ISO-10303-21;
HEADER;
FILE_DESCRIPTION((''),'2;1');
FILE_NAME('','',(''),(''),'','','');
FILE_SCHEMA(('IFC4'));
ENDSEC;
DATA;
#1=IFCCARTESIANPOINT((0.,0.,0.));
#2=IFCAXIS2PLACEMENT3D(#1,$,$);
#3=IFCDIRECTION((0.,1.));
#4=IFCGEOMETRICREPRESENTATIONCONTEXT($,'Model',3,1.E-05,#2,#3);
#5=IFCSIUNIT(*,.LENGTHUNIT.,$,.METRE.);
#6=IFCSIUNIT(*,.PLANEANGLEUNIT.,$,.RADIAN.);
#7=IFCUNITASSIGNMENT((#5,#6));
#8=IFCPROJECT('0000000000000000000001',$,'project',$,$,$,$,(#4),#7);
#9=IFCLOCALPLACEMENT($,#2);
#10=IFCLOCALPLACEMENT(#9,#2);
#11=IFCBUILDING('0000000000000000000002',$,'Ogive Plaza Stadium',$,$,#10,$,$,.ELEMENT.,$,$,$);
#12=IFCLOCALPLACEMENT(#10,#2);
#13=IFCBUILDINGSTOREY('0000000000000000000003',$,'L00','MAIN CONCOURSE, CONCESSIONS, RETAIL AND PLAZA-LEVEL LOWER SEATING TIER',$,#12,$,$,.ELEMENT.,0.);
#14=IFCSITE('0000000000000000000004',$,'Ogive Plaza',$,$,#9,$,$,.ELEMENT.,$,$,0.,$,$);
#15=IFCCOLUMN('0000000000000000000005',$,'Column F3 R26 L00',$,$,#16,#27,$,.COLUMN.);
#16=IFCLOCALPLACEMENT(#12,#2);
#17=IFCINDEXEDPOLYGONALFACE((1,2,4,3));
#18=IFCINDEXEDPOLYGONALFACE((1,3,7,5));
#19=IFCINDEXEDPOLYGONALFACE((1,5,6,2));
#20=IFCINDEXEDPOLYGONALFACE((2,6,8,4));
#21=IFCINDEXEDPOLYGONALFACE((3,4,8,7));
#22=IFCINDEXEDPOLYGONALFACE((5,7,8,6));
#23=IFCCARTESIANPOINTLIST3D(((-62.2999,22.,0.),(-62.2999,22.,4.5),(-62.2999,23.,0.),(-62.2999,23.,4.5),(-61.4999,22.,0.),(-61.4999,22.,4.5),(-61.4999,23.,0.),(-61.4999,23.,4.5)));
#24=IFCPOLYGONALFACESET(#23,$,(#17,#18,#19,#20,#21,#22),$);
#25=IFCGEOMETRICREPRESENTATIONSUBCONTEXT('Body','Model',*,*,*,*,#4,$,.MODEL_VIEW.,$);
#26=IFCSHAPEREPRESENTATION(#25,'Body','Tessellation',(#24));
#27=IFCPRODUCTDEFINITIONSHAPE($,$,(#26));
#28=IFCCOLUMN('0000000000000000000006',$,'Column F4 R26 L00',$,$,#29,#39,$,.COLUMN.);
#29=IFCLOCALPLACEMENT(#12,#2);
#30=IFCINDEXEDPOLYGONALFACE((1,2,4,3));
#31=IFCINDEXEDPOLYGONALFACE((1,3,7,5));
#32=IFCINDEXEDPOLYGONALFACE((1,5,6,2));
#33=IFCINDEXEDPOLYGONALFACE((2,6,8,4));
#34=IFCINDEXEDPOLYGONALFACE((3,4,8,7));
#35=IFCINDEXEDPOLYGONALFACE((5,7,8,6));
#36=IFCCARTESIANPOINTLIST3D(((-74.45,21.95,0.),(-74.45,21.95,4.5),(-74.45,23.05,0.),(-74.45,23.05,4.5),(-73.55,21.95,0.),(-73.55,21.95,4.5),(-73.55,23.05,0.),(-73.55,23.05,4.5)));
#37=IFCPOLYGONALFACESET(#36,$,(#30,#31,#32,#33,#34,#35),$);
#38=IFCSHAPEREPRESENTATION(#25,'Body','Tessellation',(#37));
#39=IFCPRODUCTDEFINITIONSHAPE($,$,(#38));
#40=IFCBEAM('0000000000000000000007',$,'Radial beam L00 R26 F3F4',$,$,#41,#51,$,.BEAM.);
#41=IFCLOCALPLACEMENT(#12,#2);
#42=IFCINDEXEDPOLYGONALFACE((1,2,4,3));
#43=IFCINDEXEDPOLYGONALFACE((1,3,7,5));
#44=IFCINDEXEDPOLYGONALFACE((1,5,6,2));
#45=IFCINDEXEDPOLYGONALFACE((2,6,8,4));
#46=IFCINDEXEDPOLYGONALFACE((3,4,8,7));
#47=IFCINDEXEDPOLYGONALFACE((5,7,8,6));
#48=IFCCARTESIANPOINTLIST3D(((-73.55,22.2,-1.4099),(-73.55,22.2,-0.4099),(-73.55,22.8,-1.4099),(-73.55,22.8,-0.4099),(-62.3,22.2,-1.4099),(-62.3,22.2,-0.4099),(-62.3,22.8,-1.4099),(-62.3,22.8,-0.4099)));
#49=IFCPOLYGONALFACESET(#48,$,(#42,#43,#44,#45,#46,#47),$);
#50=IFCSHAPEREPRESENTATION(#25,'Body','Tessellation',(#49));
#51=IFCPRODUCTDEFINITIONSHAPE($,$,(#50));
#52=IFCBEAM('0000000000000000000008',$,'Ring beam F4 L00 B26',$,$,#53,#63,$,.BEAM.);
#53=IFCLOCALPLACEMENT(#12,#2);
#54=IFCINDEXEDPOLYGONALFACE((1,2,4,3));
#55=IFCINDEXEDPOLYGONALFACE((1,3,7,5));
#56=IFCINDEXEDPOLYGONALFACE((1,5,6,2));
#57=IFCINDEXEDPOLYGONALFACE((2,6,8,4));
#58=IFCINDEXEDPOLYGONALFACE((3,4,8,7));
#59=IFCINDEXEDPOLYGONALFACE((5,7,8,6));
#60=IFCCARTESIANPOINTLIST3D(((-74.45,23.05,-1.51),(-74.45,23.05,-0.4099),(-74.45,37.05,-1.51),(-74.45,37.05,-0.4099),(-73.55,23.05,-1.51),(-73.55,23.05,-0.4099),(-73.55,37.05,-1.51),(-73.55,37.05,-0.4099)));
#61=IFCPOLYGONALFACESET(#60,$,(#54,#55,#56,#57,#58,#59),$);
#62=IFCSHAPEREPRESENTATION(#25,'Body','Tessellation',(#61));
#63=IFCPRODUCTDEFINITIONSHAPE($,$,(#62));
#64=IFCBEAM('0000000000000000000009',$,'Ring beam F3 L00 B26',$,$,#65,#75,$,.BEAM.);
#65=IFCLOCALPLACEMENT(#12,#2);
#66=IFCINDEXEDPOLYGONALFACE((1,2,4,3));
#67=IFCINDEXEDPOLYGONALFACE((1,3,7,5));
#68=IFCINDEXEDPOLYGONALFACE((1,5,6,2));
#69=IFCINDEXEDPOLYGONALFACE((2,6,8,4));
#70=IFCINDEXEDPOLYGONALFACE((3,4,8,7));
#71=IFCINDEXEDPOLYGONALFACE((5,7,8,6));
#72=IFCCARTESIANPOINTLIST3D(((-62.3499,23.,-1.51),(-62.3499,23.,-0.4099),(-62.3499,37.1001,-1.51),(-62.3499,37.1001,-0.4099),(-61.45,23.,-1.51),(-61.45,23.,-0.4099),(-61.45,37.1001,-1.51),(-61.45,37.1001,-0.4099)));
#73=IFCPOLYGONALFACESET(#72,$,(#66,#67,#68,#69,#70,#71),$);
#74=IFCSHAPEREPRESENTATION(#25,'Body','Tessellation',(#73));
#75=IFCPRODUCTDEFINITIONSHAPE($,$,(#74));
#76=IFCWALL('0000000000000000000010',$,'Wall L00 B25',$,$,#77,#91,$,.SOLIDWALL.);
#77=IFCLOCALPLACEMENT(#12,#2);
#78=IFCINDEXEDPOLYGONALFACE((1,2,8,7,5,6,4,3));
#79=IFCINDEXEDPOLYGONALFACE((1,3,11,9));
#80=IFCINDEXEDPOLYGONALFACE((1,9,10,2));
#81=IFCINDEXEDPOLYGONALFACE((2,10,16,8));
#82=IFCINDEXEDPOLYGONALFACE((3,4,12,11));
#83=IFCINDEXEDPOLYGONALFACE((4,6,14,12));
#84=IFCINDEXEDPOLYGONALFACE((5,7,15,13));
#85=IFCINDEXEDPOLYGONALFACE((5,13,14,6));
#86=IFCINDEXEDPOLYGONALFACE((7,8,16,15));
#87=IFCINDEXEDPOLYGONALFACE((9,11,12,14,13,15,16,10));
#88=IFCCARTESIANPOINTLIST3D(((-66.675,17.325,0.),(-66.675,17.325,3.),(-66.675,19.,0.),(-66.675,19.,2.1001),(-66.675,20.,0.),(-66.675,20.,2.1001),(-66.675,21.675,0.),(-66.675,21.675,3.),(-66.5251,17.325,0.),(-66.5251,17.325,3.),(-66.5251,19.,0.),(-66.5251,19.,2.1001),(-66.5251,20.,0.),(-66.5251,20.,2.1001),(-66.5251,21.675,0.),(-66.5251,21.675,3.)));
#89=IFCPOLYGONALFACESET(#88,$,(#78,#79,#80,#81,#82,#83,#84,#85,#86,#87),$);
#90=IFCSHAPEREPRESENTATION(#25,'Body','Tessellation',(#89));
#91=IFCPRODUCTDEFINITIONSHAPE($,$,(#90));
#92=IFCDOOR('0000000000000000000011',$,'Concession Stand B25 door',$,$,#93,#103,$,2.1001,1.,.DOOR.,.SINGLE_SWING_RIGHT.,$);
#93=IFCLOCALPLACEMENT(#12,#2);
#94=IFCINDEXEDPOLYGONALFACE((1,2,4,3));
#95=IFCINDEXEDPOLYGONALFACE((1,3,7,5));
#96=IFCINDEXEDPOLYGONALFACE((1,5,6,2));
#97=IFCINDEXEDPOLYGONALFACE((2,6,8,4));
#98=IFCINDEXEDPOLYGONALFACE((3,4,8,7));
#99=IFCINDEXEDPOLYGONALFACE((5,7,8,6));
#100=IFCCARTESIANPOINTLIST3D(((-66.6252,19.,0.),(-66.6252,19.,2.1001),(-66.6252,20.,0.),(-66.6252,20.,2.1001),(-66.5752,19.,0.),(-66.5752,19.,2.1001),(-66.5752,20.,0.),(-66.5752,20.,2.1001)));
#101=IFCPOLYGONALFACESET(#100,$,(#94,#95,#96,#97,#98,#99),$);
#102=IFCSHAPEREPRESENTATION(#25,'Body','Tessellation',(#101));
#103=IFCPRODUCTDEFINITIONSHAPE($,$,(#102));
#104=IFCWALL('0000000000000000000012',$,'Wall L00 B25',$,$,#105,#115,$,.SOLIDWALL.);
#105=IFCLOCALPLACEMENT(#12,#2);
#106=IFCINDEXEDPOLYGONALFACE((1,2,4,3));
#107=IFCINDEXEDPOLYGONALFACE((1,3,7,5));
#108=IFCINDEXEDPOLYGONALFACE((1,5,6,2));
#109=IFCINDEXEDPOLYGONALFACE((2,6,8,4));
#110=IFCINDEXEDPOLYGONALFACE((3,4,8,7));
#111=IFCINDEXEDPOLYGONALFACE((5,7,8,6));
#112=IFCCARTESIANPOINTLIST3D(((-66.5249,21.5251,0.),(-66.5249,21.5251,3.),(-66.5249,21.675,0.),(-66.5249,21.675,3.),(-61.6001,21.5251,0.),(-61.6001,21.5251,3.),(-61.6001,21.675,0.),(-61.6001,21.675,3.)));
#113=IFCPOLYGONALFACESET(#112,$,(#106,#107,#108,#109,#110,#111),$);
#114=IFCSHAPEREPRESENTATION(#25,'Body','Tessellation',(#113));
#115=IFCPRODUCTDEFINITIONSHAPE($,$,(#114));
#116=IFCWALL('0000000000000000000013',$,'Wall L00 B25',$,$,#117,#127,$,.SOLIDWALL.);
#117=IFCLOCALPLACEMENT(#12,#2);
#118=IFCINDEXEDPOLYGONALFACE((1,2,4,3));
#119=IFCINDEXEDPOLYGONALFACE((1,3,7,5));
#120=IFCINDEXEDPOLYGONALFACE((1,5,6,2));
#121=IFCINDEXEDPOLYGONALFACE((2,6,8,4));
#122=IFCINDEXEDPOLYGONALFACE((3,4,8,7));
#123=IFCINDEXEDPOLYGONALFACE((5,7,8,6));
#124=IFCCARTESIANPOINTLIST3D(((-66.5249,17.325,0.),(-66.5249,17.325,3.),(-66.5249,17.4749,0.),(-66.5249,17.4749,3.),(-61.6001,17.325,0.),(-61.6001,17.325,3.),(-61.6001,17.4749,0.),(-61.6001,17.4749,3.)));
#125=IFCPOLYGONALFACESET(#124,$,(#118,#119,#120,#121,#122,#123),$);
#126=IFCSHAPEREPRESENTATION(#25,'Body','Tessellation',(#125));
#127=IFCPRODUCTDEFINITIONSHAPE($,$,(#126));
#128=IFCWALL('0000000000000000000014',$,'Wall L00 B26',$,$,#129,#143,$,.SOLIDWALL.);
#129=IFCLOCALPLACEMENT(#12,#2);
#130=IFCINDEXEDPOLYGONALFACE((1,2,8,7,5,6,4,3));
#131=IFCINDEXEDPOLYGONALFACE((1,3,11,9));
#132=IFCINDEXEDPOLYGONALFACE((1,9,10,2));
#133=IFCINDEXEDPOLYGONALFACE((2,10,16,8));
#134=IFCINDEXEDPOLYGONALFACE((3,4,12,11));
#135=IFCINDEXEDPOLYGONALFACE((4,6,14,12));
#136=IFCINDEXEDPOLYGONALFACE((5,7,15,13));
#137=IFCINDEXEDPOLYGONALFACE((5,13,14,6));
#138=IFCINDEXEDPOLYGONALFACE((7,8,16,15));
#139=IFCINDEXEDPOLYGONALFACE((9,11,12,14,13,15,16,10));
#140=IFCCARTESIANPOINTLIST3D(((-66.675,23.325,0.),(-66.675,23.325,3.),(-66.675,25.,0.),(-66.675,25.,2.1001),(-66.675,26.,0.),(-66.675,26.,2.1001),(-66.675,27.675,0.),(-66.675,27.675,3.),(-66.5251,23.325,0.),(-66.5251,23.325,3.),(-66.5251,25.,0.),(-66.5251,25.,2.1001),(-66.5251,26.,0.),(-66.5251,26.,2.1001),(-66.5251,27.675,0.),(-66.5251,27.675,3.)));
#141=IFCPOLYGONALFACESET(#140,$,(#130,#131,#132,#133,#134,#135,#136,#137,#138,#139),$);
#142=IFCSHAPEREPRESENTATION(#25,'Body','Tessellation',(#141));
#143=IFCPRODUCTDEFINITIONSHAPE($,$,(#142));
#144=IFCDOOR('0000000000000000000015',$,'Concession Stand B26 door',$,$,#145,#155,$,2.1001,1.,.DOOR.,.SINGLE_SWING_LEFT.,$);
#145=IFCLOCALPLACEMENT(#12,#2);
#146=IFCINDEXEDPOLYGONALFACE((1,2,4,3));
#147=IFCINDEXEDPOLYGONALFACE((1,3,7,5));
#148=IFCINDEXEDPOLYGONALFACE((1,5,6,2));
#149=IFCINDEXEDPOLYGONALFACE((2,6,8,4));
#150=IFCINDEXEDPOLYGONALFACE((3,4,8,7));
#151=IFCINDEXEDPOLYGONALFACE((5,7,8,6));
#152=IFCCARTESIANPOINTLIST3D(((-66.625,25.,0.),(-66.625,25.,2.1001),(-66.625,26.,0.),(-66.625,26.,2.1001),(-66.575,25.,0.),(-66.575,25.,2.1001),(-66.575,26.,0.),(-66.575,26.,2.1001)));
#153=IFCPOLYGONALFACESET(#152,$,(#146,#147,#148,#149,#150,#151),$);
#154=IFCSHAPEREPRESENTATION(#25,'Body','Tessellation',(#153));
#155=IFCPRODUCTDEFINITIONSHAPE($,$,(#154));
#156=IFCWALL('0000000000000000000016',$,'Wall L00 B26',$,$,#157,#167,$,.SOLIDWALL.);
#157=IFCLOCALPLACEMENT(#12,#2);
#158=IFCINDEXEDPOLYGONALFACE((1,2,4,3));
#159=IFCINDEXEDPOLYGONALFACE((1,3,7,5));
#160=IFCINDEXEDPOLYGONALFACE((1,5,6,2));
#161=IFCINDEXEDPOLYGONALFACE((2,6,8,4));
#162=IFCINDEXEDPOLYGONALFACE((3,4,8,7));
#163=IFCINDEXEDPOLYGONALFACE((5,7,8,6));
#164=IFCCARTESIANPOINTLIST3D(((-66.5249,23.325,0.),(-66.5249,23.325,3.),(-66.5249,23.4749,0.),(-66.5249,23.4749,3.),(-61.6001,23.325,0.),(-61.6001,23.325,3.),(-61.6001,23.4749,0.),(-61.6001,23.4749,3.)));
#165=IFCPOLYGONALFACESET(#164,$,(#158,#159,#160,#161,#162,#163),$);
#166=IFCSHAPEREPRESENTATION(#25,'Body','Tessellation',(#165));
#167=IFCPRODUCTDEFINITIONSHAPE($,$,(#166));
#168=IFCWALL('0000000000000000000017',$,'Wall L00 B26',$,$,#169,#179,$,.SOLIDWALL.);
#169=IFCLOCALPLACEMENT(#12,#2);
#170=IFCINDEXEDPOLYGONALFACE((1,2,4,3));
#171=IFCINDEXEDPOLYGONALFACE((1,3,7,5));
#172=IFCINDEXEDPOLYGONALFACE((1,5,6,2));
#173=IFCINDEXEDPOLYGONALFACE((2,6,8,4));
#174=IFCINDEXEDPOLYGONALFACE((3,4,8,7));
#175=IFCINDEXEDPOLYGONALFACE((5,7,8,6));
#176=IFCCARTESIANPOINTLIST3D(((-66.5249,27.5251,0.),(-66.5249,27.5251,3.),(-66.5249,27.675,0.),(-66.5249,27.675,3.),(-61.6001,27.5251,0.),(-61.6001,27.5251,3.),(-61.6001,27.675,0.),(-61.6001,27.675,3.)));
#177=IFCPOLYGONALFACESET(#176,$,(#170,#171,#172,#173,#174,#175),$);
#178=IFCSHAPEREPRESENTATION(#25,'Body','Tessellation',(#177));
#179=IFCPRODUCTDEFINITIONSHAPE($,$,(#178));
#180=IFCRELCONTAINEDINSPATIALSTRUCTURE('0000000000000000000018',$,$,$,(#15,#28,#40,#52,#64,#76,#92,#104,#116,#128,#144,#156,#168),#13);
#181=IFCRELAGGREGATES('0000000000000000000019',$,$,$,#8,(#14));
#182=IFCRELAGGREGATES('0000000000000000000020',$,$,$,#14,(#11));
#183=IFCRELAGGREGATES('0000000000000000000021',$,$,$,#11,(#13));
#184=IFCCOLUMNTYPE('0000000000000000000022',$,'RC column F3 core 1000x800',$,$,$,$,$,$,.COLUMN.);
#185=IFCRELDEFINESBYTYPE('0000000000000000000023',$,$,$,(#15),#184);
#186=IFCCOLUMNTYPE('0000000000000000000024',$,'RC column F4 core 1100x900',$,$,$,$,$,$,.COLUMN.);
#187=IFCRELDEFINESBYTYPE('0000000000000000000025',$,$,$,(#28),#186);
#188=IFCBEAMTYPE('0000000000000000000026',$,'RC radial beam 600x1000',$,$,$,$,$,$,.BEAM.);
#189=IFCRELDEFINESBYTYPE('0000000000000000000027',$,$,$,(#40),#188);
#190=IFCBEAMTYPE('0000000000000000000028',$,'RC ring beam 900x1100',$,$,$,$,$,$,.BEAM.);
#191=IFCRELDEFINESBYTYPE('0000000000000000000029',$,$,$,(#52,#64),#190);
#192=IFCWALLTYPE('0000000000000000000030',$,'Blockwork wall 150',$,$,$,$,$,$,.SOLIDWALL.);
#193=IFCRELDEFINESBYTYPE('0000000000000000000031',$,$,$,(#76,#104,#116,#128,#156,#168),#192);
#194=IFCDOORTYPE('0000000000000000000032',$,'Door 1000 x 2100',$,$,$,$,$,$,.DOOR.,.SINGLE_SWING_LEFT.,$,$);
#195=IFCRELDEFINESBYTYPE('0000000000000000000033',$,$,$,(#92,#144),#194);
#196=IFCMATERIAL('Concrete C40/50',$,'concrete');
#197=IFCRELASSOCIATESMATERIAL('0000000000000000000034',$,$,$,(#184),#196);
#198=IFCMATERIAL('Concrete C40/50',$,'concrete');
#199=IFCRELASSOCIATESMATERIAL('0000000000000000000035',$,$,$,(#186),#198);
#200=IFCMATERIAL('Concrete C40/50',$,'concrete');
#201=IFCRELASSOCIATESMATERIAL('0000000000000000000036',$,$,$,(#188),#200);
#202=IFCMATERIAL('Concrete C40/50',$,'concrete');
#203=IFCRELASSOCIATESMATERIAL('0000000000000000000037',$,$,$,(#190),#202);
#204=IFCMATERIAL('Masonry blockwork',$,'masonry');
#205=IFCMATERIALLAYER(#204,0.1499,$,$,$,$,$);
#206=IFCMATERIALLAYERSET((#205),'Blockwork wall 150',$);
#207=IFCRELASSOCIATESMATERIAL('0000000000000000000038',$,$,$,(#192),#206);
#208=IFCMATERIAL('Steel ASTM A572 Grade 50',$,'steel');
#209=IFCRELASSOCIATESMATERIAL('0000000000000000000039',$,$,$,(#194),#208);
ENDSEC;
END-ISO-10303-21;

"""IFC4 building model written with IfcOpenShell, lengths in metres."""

from ifc_helpers import new_model, si_unit, direction, frame, frame_2d, origin, origin_2d, place, context, subcontext, project, spatial, rectangle, extrude, material, layer, layer_set, material_profile, profile_set, type_object, element, fill, save


model = new_model("IFC4")

# Units and contexts
model_context = context("Model", 3, precision=1e-05, world=origin(), true_north=direction((0.0, 1.0)))
body_context = subcontext(model_context, "Body", "Model", "MODEL_VIEW")
ifc_project = project(units=[si_unit("LENGTHUNIT", "METRE"), si_unit("PLANEANGLEUNIT", "RADIAN")], contexts=[model_context])

# Site, building, storey
site_placement = place(None, origin())
site = spatial("IfcSite", under=ifc_project, at=site_placement, Name="Ogive Plaza", CompositionType="ELEMENT", RefElevation=0.0)
building_placement = place(site_placement, origin())
building = spatial("IfcBuilding", under=site, at=building_placement, Name="Ogive Plaza Stadium", CompositionType="ELEMENT")
storey_placement = place(building_placement, origin())
storey = spatial("IfcBuildingStorey", under=building, at=storey_placement, Name="L00", Description="MAIN CONCOURSE, CONCESSIONS, RETAIL AND PLAZA-LEVEL LOWER SEATING TIER", CompositionType="ELEMENT", Elevation=0.0)

# Columns
ifc_material_1 = material(Name="Concrete C40/50", Category="concrete")
ifc_material_profile_1 = material_profile(ifc_material_1, rectangle(XDim=1.0, YDim=0.8, at=origin_2d()), Name="RC 1000x800")
ifc_profile_set_1 = profile_set([ifc_material_profile_1], Name="Concrete C40/50")
column_type_1 = type_object("IfcColumnType", Name="RC column F3 core 1000x800", PredefinedType="COLUMN", material=ifc_profile_set_1)
column_1_placement = place(storey_placement, frame((-61.8999, 22.5, 0.0), z_axis=(0.0, 0.0, 1.0), x_axis=(0.0, -1.0, 0.0)))
element("IfcColumn", 1, at=column_1_placement, inside=storey, type_object=column_type_1, Name="Column F3 R26 L00", PredefinedType="COLUMN", context=body_context, shape_type="SweptSolid", body=[
    extrude(rectangle(XDim=1.0, YDim=0.8, at=origin_2d()), origin(), (0.0, 0.0, 1.0), 4.5),
])
ifc_material_2 = material(Name="Concrete C40/50", Category="concrete")
ifc_material_profile_2 = material_profile(ifc_material_2, rectangle(XDim=1.1001, YDim=0.8999, at=origin_2d()), Name="RC 1100x900")
ifc_profile_set_2 = profile_set([ifc_material_profile_2], Name="Concrete C40/50")
column_type_2 = type_object("IfcColumnType", Name="RC column F4 core 1100x900", PredefinedType="COLUMN", material=ifc_profile_set_2)
column_2_placement = place(storey_placement, frame((-74.0, 22.5, 0.0), z_axis=(0.0, 0.0, 1.0), x_axis=(0.0, -1.0, 0.0)))
element("IfcColumn", 2, at=column_2_placement, inside=storey, type_object=column_type_2, Name="Column F4 R26 L00", PredefinedType="COLUMN", context=body_context, shape_type="SweptSolid", body=[
    extrude(rectangle(XDim=1.1001, YDim=0.8999, at=origin_2d()), origin(), (0.0, 0.0, 1.0), 4.5),
])

# Beams
ifc_material_3 = material(Name="Concrete C40/50", Category="concrete")
ifc_material_profile_3 = material_profile(ifc_material_3, rectangle(XDim=0.6001, YDim=1.0, at=origin_2d()), Name="RC 600x1000")
ifc_profile_set_3 = profile_set([ifc_material_profile_3], Name="Concrete C40/50")
beam_type_1 = type_object("IfcBeamType", Name="RC radial beam 600x1000", PredefinedType="BEAM", material=ifc_profile_set_3)
beam_1_placement = place(storey_placement, frame((-62.3, 22.5, -0.9099), z_axis=(-1.0, 0.0, 0.0), x_axis=(0.0, -1.0, 0.0)))
element("IfcBeam", 3, at=beam_1_placement, inside=storey, type_object=beam_type_1, Name="Radial beam L00 R26 F3F4", PredefinedType="BEAM", context=body_context, shape_type="SweptSolid", body=[
    extrude(rectangle(XDim=0.6001, YDim=1.0, at=origin_2d()), origin(), (0.0, 0.0, 1.0), 11.25),
])
ifc_material_4 = material(Name="Concrete C40/50", Category="concrete")
ifc_material_profile_4 = material_profile(ifc_material_4, rectangle(XDim=0.8999, YDim=1.1001, at=origin_2d()), Name="RC 900x1100")
ifc_profile_set_4 = profile_set([ifc_material_profile_4], Name="Concrete C40/50")
beam_type_2 = type_object("IfcBeamType", Name="RC ring beam 900x1100", PredefinedType="BEAM", material=ifc_profile_set_4)
beam_2_placement = place(storey_placement, frame((-74.0, 23.05, -0.96), z_axis=(0.0, 1.0, 0.0), x_axis=(-1.0, 0.0, 0.0)))
element("IfcBeam", 4, at=beam_2_placement, inside=storey, type_object=beam_type_2, Name="Ring beam F4 L00 B26", PredefinedType="BEAM", context=body_context, shape_type="SweptSolid", body=[
    extrude(rectangle(XDim=0.8999, YDim=1.1001, at=origin_2d()), origin(), (0.0, 0.0, 1.0), 14.0),
])
beam_3_placement = place(storey_placement, frame((-61.8999, 23.0, -0.96), z_axis=(0.0, 1.0, 0.0), x_axis=(-1.0, 0.0, 0.0)))
element("IfcBeam", 5, at=beam_3_placement, inside=storey, type_object=beam_type_2, Name="Ring beam F3 L00 B26", PredefinedType="BEAM", context=body_context, shape_type="SweptSolid", body=[
    extrude(rectangle(XDim=0.8999, YDim=1.1001, at=origin_2d()), origin(), (0.0, 0.0, 1.0), 14.1001),
])

# Wall, opening, door
ifc_material_5 = material(Name="Masonry blockwork", Category="masonry")
ifc_layer_1 = layer(ifc_material_5, 0.1499)
ifc_layer_set_1 = layer_set([ifc_layer_1], Name="Blockwork wall 150")
wall_type_1 = type_object("IfcWallType", Name="Blockwork wall 150", PredefinedType="SOLIDWALL", material=ifc_layer_set_1)
wall_1_placement = place(storey_placement, frame((-66.6001, 21.675, 0.0), z_axis=(0.0, 0.0, 1.0), x_axis=(0.0, -1.0, 0.0)))
wall_1 = element("IfcWall", 6, at=wall_1_placement, inside=storey, type_object=wall_type_1, Name="Wall L00 B25", PredefinedType="SOLIDWALL", context=body_context, shape_type="SweptSolid", body=[
    extrude(rectangle(XDim=4.3501, YDim=0.1499, at=frame_2d((2.175, 0.0))), origin(), (0.0, 0.0, 1.0), 3.0),
])
opening_1_placement = place(wall_1_placement, frame((1.675, 0.0, 0.0)))
opening_1 = element("IfcOpeningElement", 7, at=opening_1_placement, cuts=wall_1, PredefinedType="OPENING", context=body_context, shape_type="SweptSolid", body=[
    extrude(rectangle(XDim=1.0, YDim=2.1001, at=frame_2d((0.5, 1.05))), frame((0.0, 0.075, 0.0), z_axis=(0.0, -1.0, 0.0), x_axis=(1.0, 0.0, 0.0)), (0.0, 0.0, 1.0), 0.1499),
])
ifc_material_6 = material(Name="Steel ASTM A572 Grade 50", Category="steel")
door_type_1 = type_object("IfcDoorType", Name="Door 1000 x 2100", OperationType="SINGLE_SWING_LEFT", PredefinedType="DOOR", material=ifc_material_6)
door_1_placement = place(opening_1_placement, origin())
door_1 = element("IfcDoor", 8, at=door_1_placement, inside=storey, type_object=door_type_1, Name="Concession Stand B25 door", OperationType="SINGLE_SWING_RIGHT", OverallHeight=2.1001, OverallWidth=1.0, PredefinedType="DOOR", context=body_context, shape_type="SweptSolid", body=[
    extrude(rectangle(XDim=1.0, YDim=2.1001, at=frame_2d((0.5, 1.05))), frame((0.0, 0.0249, 0.0), z_axis=(0.0, -1.0, 0.0), x_axis=(1.0, 0.0, 0.0)), (0.0, 0.0, 1.0), 0.05),
])
fill(opening_1, door_1)

# Walls
for number, where, z_axis, x_axis, name in (
    (9, (-61.6001, 21.6001, 0.0), (0.0, 0.0, 1.0), (-1.0, 0.0, 0.0), "Wall L00 B25"),
    (10, (-61.6001, 17.3999, 0.0), (0.0, 0.0, 1.0), (-1.0, 0.0, 0.0), "Wall L00 B25"),
):
    element("IfcWall", number, at=place(storey_placement, frame(where, z_axis=z_axis, x_axis=x_axis)), inside=storey, type_object=wall_type_1, Name=name, PredefinedType="SOLIDWALL", context=body_context, shape_type="SweptSolid", body=[
        extrude(rectangle(XDim=4.9248, YDim=0.1499, at=frame_2d((2.4624, 0.0))), origin(), (0.0, 0.0, 1.0), 3.0),
    ])

# Wall, opening, door
wall_2_placement = place(storey_placement, frame((-66.6001, 23.325, 0.0), z_axis=(0.0, 0.0, 1.0), x_axis=(0.0, 1.0, 0.0)))
wall_2 = element("IfcWall", 11, at=wall_2_placement, inside=storey, type_object=wall_type_1, Name="Wall L00 B26", PredefinedType="SOLIDWALL", context=body_context, shape_type="SweptSolid", body=[
    extrude(rectangle(XDim=4.3501, YDim=0.1499, at=frame_2d((2.175, 0.0))), origin(), (0.0, 0.0, 1.0), 3.0),
])
opening_2_placement = place(wall_2_placement, frame((1.675, 0.0, 0.0)))
opening_2 = element("IfcOpeningElement", 12, at=opening_2_placement, cuts=wall_2, PredefinedType="OPENING", context=body_context, shape_type="SweptSolid", body=[
    extrude(rectangle(XDim=1.0, YDim=2.1001, at=frame_2d((0.5, 1.05))), frame((0.0, 0.075, 0.0), z_axis=(0.0, -1.0, 0.0), x_axis=(1.0, 0.0, 0.0)), (0.0, 0.0, 1.0), 0.1499),
])
door_2_placement = place(opening_2_placement, origin())
door_2 = element("IfcDoor", 13, at=door_2_placement, inside=storey, type_object=door_type_1, Name="Concession Stand B26 door", OperationType="SINGLE_SWING_LEFT", OverallHeight=2.1001, OverallWidth=1.0, PredefinedType="DOOR", context=body_context, shape_type="SweptSolid", body=[
    extrude(rectangle(XDim=1.0, YDim=2.1001, at=frame_2d((0.5, 1.05))), frame((0.0, 0.0249, 0.0), z_axis=(0.0, -1.0, 0.0), x_axis=(1.0, 0.0, 0.0)), (0.0, 0.0, 1.0), 0.05),
])
fill(opening_2, door_2)

# Walls
for number, where, z_axis, x_axis, name in (
    (14, (-61.6001, 23.3999, 0.0), (0.0, 0.0, 1.0), (-1.0, 0.0, 0.0), "Wall L00 B26"),
    (15, (-61.6001, 27.6001, 0.0), (0.0, 0.0, 1.0), (-1.0, 0.0, 0.0), "Wall L00 B26"),
):
    element("IfcWall", number, at=place(storey_placement, frame(where, z_axis=z_axis, x_axis=x_axis)), inside=storey, type_object=wall_type_1, Name=name, PredefinedType="SOLIDWALL", context=body_context, shape_type="SweptSolid", body=[
        extrude(rectangle(XDim=4.9248, YDim=0.1499, at=frame_2d((2.4624, 0.0))), origin(), (0.0, 0.0, 1.0), 3.0),
    ])

save(model, "model.ifc")
